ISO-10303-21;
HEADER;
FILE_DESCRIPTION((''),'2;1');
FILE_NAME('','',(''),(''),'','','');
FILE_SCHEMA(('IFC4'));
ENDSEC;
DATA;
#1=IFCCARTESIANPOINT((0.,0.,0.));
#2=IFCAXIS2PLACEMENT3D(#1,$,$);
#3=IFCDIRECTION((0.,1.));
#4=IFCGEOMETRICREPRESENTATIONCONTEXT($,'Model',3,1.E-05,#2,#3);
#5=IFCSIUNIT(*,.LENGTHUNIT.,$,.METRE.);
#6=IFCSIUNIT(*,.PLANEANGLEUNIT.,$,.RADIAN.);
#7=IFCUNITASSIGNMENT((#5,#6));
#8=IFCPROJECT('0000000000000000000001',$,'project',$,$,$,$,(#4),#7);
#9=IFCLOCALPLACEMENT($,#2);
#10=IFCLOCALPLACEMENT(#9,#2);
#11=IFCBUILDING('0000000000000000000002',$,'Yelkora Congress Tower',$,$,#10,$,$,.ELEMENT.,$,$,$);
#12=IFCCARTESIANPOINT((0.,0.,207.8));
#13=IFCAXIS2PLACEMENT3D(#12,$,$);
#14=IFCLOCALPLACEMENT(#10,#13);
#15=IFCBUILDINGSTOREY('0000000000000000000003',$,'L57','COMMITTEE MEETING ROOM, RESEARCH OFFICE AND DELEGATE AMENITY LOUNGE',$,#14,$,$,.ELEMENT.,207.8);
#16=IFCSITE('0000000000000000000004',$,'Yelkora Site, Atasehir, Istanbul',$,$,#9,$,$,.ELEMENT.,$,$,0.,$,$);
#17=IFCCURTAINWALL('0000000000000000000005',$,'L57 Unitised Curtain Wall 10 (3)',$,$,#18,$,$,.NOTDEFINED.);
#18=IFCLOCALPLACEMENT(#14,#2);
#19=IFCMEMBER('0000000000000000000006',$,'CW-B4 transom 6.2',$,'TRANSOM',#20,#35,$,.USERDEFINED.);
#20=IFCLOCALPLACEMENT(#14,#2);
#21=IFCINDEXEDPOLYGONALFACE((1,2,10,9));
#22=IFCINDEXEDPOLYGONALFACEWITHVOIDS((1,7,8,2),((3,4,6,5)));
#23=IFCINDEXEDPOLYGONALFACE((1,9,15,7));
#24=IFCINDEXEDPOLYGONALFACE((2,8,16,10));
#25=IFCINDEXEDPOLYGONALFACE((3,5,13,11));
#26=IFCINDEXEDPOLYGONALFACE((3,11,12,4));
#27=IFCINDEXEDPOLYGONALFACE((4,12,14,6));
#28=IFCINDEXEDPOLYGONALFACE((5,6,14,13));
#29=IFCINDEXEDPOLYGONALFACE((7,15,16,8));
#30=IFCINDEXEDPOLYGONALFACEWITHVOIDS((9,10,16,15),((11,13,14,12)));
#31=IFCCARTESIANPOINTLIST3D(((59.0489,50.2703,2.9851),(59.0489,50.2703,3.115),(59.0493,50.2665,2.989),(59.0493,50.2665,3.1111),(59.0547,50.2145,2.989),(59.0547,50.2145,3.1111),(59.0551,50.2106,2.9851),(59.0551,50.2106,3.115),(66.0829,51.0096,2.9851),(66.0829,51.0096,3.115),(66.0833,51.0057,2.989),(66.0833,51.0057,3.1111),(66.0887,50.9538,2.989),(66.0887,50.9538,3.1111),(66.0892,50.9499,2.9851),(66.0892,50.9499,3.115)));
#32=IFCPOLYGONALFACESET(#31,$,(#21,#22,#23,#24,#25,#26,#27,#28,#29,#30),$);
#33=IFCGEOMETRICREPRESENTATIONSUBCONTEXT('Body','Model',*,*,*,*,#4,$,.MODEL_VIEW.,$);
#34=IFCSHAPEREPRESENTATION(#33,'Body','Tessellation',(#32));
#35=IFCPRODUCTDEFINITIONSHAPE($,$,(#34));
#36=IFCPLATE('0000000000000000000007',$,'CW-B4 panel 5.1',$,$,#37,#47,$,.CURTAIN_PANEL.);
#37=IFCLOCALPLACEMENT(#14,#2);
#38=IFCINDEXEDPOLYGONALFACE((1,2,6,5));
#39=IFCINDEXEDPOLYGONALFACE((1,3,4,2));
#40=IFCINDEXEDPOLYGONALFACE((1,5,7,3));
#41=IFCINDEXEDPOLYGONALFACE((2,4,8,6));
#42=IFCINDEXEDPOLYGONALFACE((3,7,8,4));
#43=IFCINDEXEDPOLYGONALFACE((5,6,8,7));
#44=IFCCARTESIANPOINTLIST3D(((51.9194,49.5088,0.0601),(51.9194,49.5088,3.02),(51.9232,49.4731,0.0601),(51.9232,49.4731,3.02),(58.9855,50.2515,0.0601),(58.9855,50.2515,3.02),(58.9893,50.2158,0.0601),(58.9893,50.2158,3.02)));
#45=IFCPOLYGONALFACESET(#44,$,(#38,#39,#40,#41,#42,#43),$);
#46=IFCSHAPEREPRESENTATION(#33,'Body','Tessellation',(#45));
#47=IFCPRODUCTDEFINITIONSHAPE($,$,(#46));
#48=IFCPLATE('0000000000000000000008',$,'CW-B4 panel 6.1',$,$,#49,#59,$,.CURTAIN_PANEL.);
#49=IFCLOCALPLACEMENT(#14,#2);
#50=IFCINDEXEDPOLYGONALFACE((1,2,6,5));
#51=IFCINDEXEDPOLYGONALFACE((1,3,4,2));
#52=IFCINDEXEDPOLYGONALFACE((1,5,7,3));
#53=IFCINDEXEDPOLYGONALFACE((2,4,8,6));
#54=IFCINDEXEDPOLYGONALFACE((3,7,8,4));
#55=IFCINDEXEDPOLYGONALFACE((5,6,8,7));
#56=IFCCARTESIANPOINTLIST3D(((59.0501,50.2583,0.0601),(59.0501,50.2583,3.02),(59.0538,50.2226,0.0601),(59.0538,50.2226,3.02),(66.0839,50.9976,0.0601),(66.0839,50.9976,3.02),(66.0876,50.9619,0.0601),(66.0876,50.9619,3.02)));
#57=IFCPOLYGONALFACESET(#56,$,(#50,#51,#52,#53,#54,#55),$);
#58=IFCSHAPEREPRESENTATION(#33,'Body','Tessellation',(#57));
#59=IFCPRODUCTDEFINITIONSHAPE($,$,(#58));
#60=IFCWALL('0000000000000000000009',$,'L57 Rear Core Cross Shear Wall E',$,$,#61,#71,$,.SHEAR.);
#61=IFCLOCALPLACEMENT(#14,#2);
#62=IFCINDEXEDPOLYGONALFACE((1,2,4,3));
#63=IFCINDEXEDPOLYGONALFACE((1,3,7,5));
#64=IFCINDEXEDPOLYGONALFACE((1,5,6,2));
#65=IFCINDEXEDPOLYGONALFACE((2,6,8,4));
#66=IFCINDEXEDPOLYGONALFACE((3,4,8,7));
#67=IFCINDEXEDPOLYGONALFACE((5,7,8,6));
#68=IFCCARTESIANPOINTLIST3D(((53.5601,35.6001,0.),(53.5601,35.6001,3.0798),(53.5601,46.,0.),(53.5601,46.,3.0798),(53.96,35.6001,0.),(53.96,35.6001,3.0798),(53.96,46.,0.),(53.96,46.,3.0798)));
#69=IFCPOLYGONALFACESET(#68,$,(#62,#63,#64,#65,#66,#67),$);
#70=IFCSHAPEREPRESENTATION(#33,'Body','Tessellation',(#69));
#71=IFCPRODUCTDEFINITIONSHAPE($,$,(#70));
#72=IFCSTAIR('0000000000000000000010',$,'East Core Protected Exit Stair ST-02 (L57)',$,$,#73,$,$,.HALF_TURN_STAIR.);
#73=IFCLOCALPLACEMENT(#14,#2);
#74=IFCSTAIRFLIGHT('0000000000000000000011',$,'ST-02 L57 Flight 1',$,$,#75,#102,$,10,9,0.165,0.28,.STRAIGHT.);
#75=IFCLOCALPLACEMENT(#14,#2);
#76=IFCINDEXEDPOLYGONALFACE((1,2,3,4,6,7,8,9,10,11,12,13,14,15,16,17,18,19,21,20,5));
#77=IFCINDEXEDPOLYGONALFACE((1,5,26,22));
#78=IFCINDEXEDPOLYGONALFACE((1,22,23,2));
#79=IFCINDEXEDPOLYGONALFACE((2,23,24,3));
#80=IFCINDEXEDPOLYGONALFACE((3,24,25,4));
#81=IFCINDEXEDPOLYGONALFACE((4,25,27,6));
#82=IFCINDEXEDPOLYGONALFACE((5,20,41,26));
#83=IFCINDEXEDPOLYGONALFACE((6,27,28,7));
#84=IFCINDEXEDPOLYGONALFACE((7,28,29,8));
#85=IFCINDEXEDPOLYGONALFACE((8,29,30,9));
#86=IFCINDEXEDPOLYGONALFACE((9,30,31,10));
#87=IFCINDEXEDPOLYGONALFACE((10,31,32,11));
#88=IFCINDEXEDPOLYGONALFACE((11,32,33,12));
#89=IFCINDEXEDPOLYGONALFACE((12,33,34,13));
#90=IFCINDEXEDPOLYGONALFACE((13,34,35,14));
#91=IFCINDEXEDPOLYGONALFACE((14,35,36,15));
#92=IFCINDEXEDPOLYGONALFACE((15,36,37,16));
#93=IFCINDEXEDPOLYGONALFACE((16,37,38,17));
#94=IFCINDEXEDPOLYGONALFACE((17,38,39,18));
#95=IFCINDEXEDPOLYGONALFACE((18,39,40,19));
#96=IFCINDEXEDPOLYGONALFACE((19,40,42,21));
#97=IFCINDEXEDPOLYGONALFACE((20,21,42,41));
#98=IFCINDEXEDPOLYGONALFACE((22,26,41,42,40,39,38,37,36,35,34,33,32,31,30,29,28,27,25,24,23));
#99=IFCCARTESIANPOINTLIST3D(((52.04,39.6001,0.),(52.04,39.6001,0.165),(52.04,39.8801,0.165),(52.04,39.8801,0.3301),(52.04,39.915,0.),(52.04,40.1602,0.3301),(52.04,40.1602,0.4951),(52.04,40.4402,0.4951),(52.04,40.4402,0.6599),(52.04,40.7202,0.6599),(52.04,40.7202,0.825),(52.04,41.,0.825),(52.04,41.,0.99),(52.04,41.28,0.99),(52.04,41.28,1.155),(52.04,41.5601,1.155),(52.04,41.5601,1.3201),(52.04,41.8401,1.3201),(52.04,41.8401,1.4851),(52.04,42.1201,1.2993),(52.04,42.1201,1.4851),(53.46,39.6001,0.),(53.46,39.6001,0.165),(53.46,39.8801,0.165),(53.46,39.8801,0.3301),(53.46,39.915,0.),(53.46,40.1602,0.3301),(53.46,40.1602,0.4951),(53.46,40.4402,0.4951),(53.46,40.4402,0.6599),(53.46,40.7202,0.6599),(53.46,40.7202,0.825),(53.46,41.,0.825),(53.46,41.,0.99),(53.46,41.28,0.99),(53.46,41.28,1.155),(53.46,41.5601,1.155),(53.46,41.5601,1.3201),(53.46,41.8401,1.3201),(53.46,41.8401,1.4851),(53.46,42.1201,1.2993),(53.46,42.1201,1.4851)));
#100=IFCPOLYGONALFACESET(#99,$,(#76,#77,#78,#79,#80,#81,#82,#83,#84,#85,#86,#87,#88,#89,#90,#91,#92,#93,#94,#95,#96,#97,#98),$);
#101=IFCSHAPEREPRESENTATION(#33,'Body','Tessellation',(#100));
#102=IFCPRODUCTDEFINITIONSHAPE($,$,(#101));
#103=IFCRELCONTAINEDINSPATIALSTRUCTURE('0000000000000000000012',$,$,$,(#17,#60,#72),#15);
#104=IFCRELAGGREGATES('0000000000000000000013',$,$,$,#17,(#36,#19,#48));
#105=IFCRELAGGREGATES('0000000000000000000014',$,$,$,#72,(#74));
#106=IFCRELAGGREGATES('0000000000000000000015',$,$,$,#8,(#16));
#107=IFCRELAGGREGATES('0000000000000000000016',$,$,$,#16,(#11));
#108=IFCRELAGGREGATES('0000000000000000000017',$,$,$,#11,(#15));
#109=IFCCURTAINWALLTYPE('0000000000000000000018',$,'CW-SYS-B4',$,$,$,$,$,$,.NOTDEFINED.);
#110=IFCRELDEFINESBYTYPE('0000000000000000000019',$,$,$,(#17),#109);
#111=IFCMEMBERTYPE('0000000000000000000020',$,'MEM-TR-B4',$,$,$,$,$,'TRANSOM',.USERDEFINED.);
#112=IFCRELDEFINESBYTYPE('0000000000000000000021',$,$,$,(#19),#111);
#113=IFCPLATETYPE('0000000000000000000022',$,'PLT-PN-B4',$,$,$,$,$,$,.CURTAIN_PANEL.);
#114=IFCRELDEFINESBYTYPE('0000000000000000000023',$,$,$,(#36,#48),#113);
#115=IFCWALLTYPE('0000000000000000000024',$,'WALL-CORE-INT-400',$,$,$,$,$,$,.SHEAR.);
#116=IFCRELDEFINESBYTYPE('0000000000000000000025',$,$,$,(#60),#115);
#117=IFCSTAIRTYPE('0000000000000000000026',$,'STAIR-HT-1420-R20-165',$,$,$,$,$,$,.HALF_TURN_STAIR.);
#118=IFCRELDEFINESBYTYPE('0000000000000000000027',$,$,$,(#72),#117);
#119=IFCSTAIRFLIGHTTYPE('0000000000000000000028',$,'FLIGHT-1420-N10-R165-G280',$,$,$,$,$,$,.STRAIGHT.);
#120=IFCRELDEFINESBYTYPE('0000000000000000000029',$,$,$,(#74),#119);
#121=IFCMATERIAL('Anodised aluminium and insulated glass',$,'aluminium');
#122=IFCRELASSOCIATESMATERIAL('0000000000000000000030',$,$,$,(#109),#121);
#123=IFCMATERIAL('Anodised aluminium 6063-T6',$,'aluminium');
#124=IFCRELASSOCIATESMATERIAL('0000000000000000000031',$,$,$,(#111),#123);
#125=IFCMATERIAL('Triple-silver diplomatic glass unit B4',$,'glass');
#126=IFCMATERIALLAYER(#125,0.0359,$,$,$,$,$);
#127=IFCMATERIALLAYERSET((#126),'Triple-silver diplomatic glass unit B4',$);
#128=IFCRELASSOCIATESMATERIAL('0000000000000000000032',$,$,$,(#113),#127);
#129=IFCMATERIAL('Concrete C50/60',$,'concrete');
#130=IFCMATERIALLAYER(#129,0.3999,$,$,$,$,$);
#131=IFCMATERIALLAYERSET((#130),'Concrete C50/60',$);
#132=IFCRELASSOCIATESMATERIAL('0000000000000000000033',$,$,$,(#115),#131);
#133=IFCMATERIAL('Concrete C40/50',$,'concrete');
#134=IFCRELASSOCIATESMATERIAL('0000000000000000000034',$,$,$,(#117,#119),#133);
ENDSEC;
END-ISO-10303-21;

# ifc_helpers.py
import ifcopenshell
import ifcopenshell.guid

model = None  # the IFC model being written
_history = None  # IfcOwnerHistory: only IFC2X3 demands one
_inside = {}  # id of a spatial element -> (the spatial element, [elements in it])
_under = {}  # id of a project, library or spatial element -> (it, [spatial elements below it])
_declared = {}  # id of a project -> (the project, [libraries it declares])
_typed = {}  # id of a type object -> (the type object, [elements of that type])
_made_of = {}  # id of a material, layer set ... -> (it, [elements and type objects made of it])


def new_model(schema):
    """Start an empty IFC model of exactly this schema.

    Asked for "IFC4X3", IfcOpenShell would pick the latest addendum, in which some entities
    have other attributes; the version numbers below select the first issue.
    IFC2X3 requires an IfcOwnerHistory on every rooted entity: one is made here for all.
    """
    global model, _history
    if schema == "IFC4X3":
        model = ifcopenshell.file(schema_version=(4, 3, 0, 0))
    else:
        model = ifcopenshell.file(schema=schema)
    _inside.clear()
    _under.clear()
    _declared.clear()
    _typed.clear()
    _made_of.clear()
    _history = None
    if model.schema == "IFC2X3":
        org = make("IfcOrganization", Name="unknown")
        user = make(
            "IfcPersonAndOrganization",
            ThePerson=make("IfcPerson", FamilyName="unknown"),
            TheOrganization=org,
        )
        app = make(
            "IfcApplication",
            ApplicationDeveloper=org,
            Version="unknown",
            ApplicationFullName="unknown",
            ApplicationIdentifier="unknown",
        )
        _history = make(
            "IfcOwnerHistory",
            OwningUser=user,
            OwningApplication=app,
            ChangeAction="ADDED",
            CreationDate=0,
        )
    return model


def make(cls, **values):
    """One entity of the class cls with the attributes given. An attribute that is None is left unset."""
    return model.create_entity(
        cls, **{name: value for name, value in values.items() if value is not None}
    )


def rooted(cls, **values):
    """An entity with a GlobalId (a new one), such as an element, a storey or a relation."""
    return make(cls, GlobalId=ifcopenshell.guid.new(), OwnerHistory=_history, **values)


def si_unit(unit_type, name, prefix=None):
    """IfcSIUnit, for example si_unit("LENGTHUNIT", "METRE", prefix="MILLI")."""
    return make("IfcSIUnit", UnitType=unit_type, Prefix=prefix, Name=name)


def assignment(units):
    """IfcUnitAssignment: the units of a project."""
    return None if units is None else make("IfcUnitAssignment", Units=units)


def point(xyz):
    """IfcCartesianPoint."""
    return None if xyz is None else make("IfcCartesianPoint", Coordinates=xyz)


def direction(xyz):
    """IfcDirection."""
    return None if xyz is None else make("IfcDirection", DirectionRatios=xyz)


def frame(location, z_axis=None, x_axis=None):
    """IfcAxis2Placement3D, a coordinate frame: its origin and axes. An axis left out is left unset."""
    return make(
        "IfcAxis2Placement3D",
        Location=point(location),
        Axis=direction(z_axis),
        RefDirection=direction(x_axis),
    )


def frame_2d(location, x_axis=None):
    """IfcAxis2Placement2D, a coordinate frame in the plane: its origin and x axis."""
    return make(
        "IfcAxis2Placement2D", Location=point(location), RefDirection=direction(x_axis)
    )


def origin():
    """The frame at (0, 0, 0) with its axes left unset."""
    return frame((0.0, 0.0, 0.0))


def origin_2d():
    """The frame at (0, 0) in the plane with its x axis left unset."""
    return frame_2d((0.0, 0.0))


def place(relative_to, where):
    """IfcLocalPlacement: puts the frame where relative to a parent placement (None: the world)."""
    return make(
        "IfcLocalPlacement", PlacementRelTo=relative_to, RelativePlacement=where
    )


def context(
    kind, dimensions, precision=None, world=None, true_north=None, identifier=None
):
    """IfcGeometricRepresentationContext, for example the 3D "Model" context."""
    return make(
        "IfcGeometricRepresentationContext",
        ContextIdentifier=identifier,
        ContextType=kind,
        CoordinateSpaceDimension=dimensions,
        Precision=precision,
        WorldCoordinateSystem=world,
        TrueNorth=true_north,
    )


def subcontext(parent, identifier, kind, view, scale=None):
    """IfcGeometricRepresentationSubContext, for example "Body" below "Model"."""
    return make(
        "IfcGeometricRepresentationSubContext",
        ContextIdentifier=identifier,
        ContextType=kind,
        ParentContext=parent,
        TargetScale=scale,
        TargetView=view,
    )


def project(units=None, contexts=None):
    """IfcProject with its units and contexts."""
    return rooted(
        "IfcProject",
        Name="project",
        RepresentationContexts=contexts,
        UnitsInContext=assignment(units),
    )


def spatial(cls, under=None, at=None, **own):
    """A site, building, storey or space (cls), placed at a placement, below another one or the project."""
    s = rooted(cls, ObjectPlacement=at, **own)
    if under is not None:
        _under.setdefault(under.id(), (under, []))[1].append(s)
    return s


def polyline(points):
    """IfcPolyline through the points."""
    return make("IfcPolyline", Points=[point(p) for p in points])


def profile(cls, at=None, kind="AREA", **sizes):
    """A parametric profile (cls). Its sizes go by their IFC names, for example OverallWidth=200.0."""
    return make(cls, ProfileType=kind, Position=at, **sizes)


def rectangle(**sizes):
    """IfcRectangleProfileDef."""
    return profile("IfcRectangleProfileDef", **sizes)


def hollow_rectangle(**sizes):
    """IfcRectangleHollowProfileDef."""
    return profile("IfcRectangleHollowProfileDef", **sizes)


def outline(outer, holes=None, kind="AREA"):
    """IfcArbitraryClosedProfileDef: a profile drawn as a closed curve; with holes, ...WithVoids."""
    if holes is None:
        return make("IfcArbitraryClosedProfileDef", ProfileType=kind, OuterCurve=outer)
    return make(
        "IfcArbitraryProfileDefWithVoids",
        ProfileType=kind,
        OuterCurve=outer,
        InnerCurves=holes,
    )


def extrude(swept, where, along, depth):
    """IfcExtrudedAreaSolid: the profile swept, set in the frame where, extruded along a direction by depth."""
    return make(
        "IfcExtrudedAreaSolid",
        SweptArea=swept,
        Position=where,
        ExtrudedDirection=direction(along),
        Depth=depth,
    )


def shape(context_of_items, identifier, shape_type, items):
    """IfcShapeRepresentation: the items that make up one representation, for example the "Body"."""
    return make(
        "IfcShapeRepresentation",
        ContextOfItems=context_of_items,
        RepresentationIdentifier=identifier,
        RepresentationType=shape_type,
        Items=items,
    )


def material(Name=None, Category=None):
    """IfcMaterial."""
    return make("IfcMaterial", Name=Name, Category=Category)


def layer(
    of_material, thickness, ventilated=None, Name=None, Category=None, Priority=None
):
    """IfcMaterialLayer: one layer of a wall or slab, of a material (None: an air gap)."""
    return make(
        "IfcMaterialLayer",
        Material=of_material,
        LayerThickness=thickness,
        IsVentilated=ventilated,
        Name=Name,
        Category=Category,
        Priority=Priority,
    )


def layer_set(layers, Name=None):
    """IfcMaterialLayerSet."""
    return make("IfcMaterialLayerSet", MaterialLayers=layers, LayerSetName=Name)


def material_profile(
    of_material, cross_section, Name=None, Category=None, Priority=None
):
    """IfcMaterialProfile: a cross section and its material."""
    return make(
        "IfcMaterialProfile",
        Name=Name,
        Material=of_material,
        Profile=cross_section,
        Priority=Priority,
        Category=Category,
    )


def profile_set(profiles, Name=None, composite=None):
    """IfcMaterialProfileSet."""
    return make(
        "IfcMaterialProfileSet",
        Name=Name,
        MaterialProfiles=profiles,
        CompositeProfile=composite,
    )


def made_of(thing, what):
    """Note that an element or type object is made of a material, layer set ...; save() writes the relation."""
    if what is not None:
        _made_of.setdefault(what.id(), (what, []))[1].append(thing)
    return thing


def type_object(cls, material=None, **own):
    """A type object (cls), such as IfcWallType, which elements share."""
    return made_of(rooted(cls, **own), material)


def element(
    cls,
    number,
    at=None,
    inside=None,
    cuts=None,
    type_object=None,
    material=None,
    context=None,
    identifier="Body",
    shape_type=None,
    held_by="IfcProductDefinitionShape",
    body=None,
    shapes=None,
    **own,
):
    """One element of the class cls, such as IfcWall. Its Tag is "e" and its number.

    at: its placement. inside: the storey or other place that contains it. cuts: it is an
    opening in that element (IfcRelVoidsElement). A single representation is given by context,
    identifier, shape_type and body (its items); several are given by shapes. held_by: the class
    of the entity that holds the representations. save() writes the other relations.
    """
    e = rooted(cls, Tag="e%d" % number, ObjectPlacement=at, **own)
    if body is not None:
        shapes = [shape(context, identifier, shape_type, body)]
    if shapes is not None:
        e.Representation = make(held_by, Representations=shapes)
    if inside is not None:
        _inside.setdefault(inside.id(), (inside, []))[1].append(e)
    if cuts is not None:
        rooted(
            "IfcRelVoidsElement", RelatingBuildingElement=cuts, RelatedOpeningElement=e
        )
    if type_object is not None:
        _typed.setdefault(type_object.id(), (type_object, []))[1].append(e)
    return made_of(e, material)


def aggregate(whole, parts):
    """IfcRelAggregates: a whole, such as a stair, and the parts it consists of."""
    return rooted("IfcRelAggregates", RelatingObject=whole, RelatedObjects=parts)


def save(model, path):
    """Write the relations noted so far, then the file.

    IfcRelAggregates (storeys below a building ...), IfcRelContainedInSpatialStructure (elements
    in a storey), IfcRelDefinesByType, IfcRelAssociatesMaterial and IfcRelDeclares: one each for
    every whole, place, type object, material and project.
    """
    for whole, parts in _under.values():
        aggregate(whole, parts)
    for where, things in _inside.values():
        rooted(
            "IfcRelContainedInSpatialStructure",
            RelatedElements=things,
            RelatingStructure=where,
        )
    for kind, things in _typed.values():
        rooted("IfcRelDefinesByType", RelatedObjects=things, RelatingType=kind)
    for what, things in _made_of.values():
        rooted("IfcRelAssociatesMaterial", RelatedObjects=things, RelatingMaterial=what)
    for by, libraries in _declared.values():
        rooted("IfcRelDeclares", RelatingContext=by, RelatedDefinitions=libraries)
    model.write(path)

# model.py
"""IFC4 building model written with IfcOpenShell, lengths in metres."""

from ifc_helpers import new_model, si_unit, direction, frame, frame_2d, origin, origin_2d, place, context, subcontext, project, spatial, polyline, rectangle, hollow_rectangle, outline, extrude, material, layer, layer_set, material_profile, profile_set, type_object, element, aggregate, save


model = new_model("IFC4")

# Units and contexts
model_context = context("Model", 3, precision=1e-05, world=origin(), true_north=direction((0.0, 1.0)))
body_context = subcontext(model_context, "Body", "Model", "MODEL_VIEW")
ifc_project = project(units=[si_unit("LENGTHUNIT", "METRE"), si_unit("PLANEANGLEUNIT", "RADIAN")], contexts=[model_context])

# Site, building, storey
site_placement = place(None, origin())
site = spatial("IfcSite", under=ifc_project, at=site_placement, Name="Yelkora Site, Atasehir, Istanbul", CompositionType="ELEMENT", RefElevation=0.0)
building_placement = place(site_placement, origin())
building = spatial("IfcBuilding", under=site, at=building_placement, Name="Yelkora Congress Tower", CompositionType="ELEMENT")
storey_placement = place(building_placement, frame((0.0, 0.0, 207.8)))
storey = spatial("IfcBuildingStorey", under=building, at=storey_placement, Name="L57", Description="COMMITTEE MEETING ROOM, RESEARCH OFFICE AND DELEGATE AMENITY LOUNGE", CompositionType="ELEMENT", Elevation=207.8)

# Curtain wall, member, plates
ifc_material_1 = material(Name="Anodised aluminium and insulated glass", Category="aluminium")
curtain_wall_type = type_object("IfcCurtainWallType", Name="CW-SYS-B4", PredefinedType="NOTDEFINED", material=ifc_material_1)
curtain_wall_placement = place(storey_placement, origin())
curtain_wall = element("IfcCurtainWall", 1, at=curtain_wall_placement, inside=storey, type_object=curtain_wall_type, Name="L57 Unitised Curtain Wall 10 (3)", PredefinedType="NOTDEFINED")
ifc_material_2 = material(Name="Anodised aluminium 6063-T6", Category="aluminium")
ifc_material_profile_1 = material_profile(ifc_material_2, hollow_rectangle(XDim=0.0601, YDim=0.1299, WallThickness=0.0039, at=origin_2d()), Name="ALU 60x130x4")
ifc_profile_set_1 = profile_set([ifc_material_profile_1], Name="Anodised aluminium 6063-T6")
member_type_1 = type_object("IfcMemberType", Name="MEM-TR-B4", ElementType="TRANSOM", PredefinedType="USERDEFINED", material=ifc_profile_set_1)
member_1_placement = place(storey_placement, frame((59.052, 50.2405, 3.05), z_axis=(0.994522, 0.104523, 0.0), x_axis=(-0.104523, 0.994522, 0.0)))
member_1 = element("IfcMember", 2, at=member_1_placement, type_object=member_type_1, Name="CW-B4 transom 6.2", ObjectType="TRANSOM", PredefinedType="USERDEFINED", context=body_context, shape_type="SweptSolid", body=[
    extrude(hollow_rectangle(XDim=0.0601, YDim=0.1299, WallThickness=0.0039, at=origin_2d()), origin(), (0.0, 0.0, 1.0), 7.0728),
])
ifc_material_3 = material(Name="Triple-silver diplomatic glass unit B4", Category="glass")
ifc_layer_1 = layer(ifc_material_3, 0.0359)
ifc_layer_set_1 = layer_set([ifc_layer_1], Name="Triple-silver diplomatic glass unit B4")
plate_type = type_object("IfcPlateType", Name="PLT-PN-B4", PredefinedType="CURTAIN_PANEL", material=ifc_layer_set_1)
plate_1_placement = place(storey_placement, frame((55.4543, 49.8623, 0.0601), z_axis=(0.0, 0.0, 1.0), x_axis=(0.994522, 0.104528, 0.0)))
plate_1 = element("IfcPlate", 3, at=plate_1_placement, type_object=plate_type, Name="CW-B4 panel 5.1", PredefinedType="CURTAIN_PANEL", context=body_context, shape_type="SweptSolid", body=[
    extrude(rectangle(XDim=7.105, YDim=0.0359, at=origin_2d()), origin(), (0.0, 0.0, 1.0), 2.96),
])
plate_2_placement = place(storey_placement, frame((62.5688, 50.6101, 0.0601), z_axis=(0.0, 0.0, 1.0), x_axis=(0.994522, 0.104528, 0.0)))
plate_2 = element("IfcPlate", 4, at=plate_2_placement, type_object=plate_type, Name="CW-B4 panel 6.1", PredefinedType="CURTAIN_PANEL", context=body_context, shape_type="SweptSolid", body=[
    extrude(rectangle(XDim=7.0725, YDim=0.0359, at=origin_2d()), origin(), (0.0, 0.0, 1.0), 2.96),
])
aggregate(curtain_wall, [plate_1, member_1, plate_2])

# Wall
ifc_material_4 = material(Name="Concrete C50/60", Category="concrete")
ifc_layer_2 = layer(ifc_material_4, 0.3999)
ifc_layer_set_2 = layer_set([ifc_layer_2], Name="Concrete C50/60")
wall_type = type_object("IfcWallType", Name="WALL-CORE-INT-400", PredefinedType="SHEAR", material=ifc_layer_set_2)
wall_placement = place(storey_placement, frame((53.76, 35.6001, 0.0), z_axis=(0.0, 0.0, 1.0), x_axis=(0.0, 1.0, 0.0)))
element("IfcWall", 5, at=wall_placement, inside=storey, type_object=wall_type, Name="L57 Rear Core Cross Shear Wall E", PredefinedType="SHEAR", context=body_context, shape_type="SweptSolid", body=[
    extrude(rectangle(XDim=10.3999, YDim=0.3999, at=frame_2d((5.2, 0.0))), origin(), (0.0, 0.0, 1.0), 3.0798),
])

# Stair, stair flight
ifc_material_5 = material(Name="Concrete C40/50", Category="concrete")
stair_type = type_object("IfcStairType", Name="STAIR-HT-1420-R20-165", PredefinedType="HALF_TURN_STAIR", material=ifc_material_5)
stair_placement = place(storey_placement, origin())
stair = element("IfcStair", 6, at=stair_placement, inside=storey, type_object=stair_type, Name="East Core Protected Exit Stair ST-02 (L57)", PredefinedType="HALF_TURN_STAIR")
stair_flight_type = type_object("IfcStairFlightType", Name="FLIGHT-1420-N10-R165-G280", PredefinedType="STRAIGHT", material=ifc_material_5)
stair_flight_placement = place(storey_placement, frame((52.75, 39.6001, 0.0), z_axis=(0.0, 0.0, 1.0), x_axis=(0.0, 1.0, 0.0)))
stair_flight = element("IfcStairFlight", 7, at=stair_flight_placement, type_object=stair_flight_type, Name="ST-02 L57 Flight 1", NumberOfRisers=10, NumberOfTreads=9, PredefinedType="STRAIGHT", RiserHeight=0.165, TreadLength=0.28, context=body_context, shape_type="SweptSolid", body=[
    extrude(outline(polyline([(0.0, 0.0), (0.0, 0.165), (0.28, 0.165), (0.28, 0.3301), (0.5601, 0.3301), (0.5601, 0.4951), (0.8401, 0.4951), (0.8401, 0.6599), (1.1201, 0.6599), (1.1201, 0.825), (1.3999, 0.825), (1.3999, 0.99), (1.6799, 0.99), (1.6799, 1.155), (1.96, 1.155), (1.96, 1.3201), (2.24, 1.3201), (2.24, 1.4851), (2.52, 1.4851), (2.52, 1.6499), (2.52, 1.2993), (0.3149, 0.0), (0.0, 0.0)])), frame((0.0, 0.71, 0.0), z_axis=(0.0, -1.0, 0.0), x_axis=(1.0, 0.0, 0.0)), (0.0, 0.0, 1.0), 1.4199),
])
aggregate(stair, [stair_flight])

save(model, "model.ifc")
